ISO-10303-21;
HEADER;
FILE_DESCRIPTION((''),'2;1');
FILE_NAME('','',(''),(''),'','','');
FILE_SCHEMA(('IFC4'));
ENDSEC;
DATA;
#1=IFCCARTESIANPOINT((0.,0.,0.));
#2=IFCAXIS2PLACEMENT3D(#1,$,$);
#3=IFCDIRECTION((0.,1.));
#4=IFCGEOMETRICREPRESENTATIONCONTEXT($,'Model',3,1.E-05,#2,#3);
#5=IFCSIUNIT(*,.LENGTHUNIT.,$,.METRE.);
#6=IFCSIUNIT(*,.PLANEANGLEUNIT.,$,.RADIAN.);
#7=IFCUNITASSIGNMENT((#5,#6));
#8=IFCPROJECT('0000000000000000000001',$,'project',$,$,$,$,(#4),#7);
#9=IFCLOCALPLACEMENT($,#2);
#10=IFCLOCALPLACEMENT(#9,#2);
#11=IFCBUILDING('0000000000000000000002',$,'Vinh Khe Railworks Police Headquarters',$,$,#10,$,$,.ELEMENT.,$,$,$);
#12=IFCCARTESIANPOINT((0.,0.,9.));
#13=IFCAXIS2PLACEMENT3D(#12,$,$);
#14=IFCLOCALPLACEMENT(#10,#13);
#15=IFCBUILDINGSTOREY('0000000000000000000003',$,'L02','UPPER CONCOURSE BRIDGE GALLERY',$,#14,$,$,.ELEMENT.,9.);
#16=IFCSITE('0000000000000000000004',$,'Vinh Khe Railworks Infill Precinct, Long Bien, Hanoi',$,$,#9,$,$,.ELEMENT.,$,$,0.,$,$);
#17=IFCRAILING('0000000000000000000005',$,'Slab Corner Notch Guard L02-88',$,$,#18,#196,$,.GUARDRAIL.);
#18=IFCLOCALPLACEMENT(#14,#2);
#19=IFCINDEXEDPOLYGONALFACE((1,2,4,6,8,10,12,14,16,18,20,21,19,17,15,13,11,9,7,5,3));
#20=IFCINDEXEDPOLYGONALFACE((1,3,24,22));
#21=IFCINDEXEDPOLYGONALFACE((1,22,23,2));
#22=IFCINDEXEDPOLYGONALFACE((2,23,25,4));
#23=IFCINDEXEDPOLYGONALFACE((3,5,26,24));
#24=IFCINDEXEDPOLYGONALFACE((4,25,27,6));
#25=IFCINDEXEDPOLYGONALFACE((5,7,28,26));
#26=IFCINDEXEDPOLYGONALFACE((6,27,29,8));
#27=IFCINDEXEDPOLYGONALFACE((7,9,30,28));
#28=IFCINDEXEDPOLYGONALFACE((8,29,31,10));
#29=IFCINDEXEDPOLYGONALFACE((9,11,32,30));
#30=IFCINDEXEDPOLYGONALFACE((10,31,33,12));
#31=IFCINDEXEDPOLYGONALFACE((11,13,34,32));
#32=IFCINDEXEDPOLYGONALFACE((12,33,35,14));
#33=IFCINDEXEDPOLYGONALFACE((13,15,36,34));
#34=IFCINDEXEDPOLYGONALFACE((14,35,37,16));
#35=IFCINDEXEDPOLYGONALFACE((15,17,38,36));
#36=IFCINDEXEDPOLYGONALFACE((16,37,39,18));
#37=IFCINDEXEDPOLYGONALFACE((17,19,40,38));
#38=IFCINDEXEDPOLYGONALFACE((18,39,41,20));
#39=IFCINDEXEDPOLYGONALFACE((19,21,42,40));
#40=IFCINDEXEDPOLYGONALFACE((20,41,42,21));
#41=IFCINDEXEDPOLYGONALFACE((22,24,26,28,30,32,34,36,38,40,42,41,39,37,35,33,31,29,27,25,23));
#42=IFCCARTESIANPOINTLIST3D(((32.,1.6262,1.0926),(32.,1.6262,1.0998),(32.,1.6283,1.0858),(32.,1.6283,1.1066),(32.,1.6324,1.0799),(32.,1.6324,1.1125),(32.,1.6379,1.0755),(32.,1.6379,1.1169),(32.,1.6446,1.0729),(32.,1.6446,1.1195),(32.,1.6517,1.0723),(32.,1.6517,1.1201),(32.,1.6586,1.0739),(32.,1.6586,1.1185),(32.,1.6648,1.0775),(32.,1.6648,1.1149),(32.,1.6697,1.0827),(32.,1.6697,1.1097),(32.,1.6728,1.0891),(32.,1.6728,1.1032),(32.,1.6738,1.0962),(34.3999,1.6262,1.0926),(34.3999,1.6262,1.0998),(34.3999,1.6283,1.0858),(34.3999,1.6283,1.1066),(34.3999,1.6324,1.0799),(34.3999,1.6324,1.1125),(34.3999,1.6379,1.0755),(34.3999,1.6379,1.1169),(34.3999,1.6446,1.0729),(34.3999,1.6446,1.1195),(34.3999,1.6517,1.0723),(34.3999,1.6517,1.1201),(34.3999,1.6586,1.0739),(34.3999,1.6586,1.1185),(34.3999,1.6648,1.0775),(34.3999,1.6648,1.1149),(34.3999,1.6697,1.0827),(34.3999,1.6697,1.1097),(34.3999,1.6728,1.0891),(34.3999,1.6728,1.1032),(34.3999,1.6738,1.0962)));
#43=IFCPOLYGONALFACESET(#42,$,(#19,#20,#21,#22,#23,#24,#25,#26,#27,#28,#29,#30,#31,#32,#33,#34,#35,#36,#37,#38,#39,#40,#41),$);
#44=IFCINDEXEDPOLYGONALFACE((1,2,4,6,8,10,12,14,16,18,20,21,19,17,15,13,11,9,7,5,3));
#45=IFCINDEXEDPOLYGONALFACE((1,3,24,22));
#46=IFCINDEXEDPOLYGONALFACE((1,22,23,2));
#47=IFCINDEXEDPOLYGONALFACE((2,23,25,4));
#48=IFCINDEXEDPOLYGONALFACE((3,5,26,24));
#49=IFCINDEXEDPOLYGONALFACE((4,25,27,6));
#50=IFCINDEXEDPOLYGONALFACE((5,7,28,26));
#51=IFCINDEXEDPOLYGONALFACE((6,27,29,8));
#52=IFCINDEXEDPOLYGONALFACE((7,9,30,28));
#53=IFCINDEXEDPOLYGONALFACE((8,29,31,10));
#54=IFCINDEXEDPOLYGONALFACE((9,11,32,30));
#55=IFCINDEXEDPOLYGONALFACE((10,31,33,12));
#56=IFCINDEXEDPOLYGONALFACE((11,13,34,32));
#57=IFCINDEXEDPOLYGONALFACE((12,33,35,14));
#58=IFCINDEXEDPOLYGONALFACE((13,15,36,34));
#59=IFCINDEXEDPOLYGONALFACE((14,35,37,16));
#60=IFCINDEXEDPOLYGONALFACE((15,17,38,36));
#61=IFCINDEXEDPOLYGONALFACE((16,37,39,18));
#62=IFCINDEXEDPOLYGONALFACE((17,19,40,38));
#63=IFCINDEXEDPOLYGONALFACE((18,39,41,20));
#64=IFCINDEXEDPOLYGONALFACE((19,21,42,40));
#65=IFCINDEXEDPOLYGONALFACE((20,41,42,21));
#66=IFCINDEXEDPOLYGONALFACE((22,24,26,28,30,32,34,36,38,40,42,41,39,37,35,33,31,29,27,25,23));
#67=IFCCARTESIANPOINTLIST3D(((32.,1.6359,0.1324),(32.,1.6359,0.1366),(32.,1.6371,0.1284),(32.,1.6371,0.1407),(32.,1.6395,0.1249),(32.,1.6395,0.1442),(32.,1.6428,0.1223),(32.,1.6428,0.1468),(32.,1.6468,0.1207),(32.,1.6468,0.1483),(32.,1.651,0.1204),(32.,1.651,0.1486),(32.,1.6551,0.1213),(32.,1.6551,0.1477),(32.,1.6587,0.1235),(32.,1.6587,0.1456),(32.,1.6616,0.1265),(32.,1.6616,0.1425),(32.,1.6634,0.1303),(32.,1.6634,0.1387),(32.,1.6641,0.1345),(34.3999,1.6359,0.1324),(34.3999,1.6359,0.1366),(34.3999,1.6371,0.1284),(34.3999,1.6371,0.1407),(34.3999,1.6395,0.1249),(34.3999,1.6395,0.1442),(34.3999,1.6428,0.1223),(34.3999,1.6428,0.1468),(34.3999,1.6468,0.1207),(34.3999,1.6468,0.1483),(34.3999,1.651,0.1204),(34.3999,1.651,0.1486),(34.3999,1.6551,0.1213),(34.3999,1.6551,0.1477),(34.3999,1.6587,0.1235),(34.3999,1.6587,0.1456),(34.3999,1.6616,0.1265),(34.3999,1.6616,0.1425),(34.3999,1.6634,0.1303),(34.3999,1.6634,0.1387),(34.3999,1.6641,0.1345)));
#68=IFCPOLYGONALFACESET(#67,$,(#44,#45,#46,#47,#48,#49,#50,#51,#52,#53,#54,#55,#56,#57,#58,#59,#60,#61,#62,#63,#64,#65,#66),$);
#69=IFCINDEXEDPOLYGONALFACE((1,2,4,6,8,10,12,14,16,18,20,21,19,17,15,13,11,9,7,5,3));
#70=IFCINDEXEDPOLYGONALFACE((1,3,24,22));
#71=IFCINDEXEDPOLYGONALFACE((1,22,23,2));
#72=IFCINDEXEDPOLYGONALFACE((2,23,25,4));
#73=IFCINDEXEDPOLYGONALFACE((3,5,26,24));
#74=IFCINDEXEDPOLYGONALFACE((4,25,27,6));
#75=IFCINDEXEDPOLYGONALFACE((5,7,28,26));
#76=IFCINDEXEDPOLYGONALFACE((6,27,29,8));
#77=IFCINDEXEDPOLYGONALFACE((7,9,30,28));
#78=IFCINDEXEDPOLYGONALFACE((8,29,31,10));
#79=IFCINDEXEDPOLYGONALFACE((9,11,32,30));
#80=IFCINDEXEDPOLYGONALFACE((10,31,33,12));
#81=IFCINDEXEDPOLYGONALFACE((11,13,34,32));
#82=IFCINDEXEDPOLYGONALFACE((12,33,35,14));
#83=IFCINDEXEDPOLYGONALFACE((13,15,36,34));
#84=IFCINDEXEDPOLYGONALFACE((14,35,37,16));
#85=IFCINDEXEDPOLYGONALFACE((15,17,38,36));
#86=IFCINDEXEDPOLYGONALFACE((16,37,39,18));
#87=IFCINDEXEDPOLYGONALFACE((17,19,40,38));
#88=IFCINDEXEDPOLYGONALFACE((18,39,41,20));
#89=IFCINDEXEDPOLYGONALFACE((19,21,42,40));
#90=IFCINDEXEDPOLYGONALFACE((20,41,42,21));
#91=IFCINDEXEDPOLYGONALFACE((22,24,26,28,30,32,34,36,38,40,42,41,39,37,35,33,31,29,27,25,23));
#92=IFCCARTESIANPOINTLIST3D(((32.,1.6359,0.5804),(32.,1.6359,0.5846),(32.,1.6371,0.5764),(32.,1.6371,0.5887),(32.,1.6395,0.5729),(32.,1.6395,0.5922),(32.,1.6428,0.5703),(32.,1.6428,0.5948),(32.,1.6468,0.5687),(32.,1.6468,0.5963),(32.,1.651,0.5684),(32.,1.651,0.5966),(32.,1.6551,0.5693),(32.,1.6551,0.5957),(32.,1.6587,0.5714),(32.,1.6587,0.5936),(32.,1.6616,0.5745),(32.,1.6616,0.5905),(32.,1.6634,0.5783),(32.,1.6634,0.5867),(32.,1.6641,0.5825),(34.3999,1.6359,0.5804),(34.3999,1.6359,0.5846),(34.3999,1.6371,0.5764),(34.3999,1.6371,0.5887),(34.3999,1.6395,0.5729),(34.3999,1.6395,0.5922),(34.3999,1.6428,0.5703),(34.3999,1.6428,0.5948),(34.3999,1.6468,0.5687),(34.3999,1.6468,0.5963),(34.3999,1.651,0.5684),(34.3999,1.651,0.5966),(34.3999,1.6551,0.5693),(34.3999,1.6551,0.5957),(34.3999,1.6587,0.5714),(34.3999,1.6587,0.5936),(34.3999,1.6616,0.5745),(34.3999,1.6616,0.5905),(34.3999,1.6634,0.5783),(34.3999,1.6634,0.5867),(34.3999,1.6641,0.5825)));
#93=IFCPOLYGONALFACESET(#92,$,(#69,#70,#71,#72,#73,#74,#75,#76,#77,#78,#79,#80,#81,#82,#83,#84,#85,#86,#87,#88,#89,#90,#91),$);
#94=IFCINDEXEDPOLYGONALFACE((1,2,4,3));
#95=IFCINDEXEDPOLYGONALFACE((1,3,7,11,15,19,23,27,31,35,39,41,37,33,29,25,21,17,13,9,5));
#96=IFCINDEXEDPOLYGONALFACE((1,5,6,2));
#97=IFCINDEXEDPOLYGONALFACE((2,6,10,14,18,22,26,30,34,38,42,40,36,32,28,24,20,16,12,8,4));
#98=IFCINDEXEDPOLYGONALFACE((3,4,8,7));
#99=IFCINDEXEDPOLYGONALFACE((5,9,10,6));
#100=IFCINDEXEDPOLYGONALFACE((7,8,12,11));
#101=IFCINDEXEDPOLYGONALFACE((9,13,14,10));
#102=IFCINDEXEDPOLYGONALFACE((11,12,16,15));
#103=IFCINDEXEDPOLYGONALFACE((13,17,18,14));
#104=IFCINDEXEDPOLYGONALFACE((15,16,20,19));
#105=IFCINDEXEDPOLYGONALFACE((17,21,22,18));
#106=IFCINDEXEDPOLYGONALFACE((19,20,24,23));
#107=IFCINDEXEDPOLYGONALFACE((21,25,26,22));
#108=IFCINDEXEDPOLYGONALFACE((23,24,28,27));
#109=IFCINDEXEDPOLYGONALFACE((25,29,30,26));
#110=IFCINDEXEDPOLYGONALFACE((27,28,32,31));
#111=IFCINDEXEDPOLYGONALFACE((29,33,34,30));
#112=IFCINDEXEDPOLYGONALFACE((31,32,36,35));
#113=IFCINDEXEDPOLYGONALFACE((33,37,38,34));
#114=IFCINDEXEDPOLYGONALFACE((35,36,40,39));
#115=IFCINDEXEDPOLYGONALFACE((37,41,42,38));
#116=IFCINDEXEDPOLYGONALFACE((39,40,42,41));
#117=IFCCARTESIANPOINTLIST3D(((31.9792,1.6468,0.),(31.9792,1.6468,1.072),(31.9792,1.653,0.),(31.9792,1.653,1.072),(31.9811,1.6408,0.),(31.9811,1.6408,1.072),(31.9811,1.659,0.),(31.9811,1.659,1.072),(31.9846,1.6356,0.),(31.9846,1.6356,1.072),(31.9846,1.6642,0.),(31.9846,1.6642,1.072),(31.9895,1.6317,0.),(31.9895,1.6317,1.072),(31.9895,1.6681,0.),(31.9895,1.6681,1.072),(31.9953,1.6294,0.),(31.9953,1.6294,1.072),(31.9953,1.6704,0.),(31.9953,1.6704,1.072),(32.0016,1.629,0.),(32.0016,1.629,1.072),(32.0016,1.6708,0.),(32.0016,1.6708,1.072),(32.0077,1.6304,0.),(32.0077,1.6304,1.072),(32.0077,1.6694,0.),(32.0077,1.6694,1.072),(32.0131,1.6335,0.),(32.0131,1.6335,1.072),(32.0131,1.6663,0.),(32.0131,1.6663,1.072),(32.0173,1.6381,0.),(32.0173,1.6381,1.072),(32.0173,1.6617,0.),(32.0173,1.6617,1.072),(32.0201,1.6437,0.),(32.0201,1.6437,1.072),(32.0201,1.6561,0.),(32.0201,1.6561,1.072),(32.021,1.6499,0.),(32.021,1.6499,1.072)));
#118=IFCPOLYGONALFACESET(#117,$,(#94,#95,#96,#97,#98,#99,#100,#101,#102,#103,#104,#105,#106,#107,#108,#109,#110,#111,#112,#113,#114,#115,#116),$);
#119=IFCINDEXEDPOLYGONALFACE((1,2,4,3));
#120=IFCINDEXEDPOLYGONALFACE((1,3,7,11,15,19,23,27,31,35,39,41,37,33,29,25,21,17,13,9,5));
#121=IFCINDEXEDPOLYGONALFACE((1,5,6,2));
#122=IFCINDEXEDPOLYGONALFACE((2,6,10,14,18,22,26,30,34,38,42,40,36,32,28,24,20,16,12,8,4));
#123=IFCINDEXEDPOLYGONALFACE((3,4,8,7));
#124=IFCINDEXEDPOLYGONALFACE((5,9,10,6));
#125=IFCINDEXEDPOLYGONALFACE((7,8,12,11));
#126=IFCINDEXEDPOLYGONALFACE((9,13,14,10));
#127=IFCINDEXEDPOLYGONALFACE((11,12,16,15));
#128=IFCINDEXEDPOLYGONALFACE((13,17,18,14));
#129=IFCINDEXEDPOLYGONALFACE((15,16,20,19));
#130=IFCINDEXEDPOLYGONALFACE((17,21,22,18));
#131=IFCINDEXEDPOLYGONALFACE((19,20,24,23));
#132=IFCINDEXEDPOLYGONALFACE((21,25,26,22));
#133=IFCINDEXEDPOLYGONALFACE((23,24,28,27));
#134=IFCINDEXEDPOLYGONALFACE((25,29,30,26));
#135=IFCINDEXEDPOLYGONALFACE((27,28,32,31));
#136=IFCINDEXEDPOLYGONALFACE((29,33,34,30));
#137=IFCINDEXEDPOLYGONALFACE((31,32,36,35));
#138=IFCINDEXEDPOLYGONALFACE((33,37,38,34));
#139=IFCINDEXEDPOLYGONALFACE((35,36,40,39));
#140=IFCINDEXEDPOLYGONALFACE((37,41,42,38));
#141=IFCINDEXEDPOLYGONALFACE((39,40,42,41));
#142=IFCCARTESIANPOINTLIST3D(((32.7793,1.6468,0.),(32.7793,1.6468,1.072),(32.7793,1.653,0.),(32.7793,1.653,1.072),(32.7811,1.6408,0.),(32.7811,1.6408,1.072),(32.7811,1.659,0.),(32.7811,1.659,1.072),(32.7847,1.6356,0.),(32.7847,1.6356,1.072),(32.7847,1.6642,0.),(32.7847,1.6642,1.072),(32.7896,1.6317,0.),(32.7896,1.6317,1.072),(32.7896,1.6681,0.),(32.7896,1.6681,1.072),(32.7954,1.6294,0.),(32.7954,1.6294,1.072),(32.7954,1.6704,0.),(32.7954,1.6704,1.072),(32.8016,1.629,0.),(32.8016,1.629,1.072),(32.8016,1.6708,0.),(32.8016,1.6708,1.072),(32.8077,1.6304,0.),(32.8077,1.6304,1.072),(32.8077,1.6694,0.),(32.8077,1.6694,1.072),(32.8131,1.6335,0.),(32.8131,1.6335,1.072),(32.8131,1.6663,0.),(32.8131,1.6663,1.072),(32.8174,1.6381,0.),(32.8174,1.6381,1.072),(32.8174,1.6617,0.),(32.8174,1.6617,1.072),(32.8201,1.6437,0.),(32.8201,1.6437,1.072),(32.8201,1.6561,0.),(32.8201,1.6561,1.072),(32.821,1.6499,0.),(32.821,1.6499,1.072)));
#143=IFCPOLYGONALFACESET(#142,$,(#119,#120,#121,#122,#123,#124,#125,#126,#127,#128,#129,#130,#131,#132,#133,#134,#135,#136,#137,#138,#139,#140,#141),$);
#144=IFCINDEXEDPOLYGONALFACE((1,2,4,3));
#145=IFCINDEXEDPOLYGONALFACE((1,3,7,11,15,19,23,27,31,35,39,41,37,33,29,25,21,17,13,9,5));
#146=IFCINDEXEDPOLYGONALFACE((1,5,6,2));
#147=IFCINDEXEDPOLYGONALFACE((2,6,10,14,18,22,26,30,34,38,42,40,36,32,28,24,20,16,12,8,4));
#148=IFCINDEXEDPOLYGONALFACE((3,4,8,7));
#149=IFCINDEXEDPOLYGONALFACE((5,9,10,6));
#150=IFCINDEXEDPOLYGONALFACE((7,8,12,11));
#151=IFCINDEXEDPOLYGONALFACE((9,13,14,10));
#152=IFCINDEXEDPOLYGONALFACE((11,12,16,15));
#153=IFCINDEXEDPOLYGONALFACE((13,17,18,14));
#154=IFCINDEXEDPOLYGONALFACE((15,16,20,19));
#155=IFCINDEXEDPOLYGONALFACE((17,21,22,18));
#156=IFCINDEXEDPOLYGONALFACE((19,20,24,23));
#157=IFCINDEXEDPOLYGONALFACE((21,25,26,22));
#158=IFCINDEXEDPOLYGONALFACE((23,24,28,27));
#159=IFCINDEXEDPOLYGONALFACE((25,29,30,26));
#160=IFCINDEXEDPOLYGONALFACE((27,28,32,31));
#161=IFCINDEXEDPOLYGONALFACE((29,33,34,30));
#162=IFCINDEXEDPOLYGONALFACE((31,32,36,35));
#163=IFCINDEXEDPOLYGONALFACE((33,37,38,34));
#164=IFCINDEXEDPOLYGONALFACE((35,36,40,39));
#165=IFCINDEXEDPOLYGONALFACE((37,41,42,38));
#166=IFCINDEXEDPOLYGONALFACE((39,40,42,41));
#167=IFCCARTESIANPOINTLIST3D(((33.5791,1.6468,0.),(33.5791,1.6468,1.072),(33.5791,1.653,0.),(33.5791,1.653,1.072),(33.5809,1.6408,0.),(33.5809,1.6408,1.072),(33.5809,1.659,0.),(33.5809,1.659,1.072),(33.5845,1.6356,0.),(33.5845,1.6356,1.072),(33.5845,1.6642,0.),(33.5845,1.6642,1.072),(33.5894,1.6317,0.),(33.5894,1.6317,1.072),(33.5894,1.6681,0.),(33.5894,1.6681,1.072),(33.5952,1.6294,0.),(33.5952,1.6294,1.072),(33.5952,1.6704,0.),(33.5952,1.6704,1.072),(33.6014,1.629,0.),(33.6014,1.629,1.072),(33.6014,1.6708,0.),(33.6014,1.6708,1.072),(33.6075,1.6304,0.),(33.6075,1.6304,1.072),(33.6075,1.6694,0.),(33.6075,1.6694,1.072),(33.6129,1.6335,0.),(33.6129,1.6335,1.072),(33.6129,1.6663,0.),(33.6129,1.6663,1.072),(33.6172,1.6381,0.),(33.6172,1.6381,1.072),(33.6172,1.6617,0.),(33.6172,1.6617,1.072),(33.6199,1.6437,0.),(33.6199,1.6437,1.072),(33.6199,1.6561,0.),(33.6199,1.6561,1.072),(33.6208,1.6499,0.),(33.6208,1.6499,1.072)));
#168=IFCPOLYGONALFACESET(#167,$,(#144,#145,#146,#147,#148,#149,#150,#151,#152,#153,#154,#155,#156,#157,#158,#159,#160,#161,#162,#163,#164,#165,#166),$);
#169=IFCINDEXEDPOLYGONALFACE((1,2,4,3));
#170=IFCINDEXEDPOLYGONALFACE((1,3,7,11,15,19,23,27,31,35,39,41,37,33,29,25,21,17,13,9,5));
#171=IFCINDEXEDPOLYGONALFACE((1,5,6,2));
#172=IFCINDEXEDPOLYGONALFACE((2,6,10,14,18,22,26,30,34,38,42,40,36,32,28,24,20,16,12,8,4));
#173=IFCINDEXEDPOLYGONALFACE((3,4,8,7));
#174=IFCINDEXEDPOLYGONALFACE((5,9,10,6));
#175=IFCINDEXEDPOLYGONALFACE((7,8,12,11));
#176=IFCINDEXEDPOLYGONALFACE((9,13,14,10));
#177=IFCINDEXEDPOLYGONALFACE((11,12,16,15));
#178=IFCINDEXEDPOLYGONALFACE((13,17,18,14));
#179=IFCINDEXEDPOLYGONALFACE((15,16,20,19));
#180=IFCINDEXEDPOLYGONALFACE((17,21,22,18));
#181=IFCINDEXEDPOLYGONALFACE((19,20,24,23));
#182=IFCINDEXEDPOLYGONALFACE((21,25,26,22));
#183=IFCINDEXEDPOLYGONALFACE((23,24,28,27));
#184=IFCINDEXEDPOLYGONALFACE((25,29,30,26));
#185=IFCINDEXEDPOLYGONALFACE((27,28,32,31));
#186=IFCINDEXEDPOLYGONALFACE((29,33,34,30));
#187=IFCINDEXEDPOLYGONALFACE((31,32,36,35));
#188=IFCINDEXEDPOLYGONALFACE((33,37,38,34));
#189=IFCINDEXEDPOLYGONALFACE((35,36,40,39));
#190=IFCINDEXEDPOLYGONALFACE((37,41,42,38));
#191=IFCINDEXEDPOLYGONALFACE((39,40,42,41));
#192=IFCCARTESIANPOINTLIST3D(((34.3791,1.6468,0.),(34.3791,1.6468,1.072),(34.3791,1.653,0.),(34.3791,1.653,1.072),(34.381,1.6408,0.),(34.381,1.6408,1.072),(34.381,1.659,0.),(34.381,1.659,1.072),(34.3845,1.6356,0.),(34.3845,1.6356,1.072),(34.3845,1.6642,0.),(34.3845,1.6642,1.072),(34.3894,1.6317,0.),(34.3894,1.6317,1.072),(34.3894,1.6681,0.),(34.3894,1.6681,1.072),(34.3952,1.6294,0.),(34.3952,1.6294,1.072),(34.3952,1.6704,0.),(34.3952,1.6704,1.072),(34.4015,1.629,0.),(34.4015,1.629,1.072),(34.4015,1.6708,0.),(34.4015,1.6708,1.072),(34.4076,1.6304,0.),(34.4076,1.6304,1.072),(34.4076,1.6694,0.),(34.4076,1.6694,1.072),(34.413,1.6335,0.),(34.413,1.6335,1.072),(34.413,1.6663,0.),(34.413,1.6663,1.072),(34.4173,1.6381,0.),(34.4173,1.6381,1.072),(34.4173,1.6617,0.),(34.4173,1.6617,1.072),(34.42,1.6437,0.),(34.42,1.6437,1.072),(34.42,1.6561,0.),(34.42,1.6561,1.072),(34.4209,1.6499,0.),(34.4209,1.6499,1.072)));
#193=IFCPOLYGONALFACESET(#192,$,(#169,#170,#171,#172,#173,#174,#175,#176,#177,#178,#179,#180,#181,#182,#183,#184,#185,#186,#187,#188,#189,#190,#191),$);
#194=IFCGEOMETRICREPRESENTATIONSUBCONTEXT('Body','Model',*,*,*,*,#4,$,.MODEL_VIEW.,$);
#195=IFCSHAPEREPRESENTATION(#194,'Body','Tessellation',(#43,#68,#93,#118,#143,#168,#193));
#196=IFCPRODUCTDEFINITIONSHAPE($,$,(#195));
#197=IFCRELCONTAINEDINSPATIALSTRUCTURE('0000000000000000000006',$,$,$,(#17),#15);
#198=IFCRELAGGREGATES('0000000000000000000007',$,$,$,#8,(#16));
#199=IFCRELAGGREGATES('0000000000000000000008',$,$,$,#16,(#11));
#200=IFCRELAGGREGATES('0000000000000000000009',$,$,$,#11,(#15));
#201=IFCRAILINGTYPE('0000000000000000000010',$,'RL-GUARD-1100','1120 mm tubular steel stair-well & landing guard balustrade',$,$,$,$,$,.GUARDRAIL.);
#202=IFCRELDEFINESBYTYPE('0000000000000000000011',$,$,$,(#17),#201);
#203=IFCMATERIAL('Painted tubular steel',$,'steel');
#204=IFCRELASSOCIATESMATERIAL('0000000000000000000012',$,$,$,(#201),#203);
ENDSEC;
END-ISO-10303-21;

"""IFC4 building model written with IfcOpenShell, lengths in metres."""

from ifc_helpers import new_model, si_unit, direction, frame, origin, origin_2d, place, context, subcontext, project, spatial, circle, extrude, material, type_object, element, save


model = new_model("IFC4")

# Units and contexts
model_context = context("Model", 3, precision=1e-05, world=origin(), true_north=direction((0.0, 1.0)))
body_context = subcontext(model_context, "Body", "Model", "MODEL_VIEW")
ifc_project = project(units=[si_unit("LENGTHUNIT", "METRE"), si_unit("PLANEANGLEUNIT", "RADIAN")], contexts=[model_context])

# Site, building, storey
site_placement = place(None, origin())
site = spatial("IfcSite", under=ifc_project, at=site_placement, Name="Vinh Khe Railworks Infill Precinct, Long Bien, Hanoi", CompositionType="ELEMENT", RefElevation=0.0)
building_placement = place(site_placement, origin())
building = spatial("IfcBuilding", under=site, at=building_placement, Name="Vinh Khe Railworks Police Headquarters", CompositionType="ELEMENT")
storey_placement = place(building_placement, frame((0.0, 0.0, 9.0)))
storey = spatial("IfcBuildingStorey", under=building, at=storey_placement, Name="L02", Description="UPPER CONCOURSE BRIDGE GALLERY", CompositionType="ELEMENT", Elevation=9.0)

# Railing
ifc_material_1 = material(Name="Painted tubular steel", Category="steel")
railing_type = type_object("IfcRailingType", Name="RL-GUARD-1100", Description="1120 mm tubular steel stair-well & landing guard balustrade", PredefinedType="GUARDRAIL", material=ifc_material_1)
railing_1_placement = place(storey_placement, frame((32.0, 1.6499, 0.0)))
element("IfcRailing", 1, at=railing_1_placement, inside=storey, type_object=railing_type, Name="Slab Corner Notch Guard L02-88", PredefinedType="GUARDRAIL", context=body_context, shape_type="SweptSolid", body=[
    extrude(circle(Radius=0.0239, at=origin_2d()), frame((0.0, 0.0, 1.0962), z_axis=(1.0, 0.0, 0.0), x_axis=(0.0, 1.0, 0.0)), (0.0, 0.0, 1.0), 2.3999),
    extrude(circle(Radius=0.0142, at=origin_2d()), frame((0.0, 0.0, 0.1345), z_axis=(1.0, 0.0, 0.0), x_axis=(0.0, 1.0, 0.0)), (0.0, 0.0, 1.0), 2.3999),
    extrude(circle(Radius=0.0142, at=origin_2d()), frame((0.0, 0.0, 0.5825), z_axis=(1.0, 0.0, 0.0), x_axis=(0.0, 1.0, 0.0)), (0.0, 0.0, 1.0), 2.3999),
    extrude(circle(Radius=0.021, at=origin_2d()), origin(), (0.0, 0.0, 1.0), 1.072),
    extrude(circle(Radius=0.021, at=origin_2d()), frame((0.8, 0.0, 0.0)), (0.0, 0.0, 1.0), 1.072),
    extrude(circle(Radius=0.021, at=origin_2d()), frame((1.5999, 0.0, 0.0)), (0.0, 0.0, 1.0), 1.072),
    extrude(circle(Radius=0.021, at=origin_2d()), frame((2.3999, 0.0, 0.0)), (0.0, 0.0, 1.0), 1.072),
])

save(model, "model.ifc")
